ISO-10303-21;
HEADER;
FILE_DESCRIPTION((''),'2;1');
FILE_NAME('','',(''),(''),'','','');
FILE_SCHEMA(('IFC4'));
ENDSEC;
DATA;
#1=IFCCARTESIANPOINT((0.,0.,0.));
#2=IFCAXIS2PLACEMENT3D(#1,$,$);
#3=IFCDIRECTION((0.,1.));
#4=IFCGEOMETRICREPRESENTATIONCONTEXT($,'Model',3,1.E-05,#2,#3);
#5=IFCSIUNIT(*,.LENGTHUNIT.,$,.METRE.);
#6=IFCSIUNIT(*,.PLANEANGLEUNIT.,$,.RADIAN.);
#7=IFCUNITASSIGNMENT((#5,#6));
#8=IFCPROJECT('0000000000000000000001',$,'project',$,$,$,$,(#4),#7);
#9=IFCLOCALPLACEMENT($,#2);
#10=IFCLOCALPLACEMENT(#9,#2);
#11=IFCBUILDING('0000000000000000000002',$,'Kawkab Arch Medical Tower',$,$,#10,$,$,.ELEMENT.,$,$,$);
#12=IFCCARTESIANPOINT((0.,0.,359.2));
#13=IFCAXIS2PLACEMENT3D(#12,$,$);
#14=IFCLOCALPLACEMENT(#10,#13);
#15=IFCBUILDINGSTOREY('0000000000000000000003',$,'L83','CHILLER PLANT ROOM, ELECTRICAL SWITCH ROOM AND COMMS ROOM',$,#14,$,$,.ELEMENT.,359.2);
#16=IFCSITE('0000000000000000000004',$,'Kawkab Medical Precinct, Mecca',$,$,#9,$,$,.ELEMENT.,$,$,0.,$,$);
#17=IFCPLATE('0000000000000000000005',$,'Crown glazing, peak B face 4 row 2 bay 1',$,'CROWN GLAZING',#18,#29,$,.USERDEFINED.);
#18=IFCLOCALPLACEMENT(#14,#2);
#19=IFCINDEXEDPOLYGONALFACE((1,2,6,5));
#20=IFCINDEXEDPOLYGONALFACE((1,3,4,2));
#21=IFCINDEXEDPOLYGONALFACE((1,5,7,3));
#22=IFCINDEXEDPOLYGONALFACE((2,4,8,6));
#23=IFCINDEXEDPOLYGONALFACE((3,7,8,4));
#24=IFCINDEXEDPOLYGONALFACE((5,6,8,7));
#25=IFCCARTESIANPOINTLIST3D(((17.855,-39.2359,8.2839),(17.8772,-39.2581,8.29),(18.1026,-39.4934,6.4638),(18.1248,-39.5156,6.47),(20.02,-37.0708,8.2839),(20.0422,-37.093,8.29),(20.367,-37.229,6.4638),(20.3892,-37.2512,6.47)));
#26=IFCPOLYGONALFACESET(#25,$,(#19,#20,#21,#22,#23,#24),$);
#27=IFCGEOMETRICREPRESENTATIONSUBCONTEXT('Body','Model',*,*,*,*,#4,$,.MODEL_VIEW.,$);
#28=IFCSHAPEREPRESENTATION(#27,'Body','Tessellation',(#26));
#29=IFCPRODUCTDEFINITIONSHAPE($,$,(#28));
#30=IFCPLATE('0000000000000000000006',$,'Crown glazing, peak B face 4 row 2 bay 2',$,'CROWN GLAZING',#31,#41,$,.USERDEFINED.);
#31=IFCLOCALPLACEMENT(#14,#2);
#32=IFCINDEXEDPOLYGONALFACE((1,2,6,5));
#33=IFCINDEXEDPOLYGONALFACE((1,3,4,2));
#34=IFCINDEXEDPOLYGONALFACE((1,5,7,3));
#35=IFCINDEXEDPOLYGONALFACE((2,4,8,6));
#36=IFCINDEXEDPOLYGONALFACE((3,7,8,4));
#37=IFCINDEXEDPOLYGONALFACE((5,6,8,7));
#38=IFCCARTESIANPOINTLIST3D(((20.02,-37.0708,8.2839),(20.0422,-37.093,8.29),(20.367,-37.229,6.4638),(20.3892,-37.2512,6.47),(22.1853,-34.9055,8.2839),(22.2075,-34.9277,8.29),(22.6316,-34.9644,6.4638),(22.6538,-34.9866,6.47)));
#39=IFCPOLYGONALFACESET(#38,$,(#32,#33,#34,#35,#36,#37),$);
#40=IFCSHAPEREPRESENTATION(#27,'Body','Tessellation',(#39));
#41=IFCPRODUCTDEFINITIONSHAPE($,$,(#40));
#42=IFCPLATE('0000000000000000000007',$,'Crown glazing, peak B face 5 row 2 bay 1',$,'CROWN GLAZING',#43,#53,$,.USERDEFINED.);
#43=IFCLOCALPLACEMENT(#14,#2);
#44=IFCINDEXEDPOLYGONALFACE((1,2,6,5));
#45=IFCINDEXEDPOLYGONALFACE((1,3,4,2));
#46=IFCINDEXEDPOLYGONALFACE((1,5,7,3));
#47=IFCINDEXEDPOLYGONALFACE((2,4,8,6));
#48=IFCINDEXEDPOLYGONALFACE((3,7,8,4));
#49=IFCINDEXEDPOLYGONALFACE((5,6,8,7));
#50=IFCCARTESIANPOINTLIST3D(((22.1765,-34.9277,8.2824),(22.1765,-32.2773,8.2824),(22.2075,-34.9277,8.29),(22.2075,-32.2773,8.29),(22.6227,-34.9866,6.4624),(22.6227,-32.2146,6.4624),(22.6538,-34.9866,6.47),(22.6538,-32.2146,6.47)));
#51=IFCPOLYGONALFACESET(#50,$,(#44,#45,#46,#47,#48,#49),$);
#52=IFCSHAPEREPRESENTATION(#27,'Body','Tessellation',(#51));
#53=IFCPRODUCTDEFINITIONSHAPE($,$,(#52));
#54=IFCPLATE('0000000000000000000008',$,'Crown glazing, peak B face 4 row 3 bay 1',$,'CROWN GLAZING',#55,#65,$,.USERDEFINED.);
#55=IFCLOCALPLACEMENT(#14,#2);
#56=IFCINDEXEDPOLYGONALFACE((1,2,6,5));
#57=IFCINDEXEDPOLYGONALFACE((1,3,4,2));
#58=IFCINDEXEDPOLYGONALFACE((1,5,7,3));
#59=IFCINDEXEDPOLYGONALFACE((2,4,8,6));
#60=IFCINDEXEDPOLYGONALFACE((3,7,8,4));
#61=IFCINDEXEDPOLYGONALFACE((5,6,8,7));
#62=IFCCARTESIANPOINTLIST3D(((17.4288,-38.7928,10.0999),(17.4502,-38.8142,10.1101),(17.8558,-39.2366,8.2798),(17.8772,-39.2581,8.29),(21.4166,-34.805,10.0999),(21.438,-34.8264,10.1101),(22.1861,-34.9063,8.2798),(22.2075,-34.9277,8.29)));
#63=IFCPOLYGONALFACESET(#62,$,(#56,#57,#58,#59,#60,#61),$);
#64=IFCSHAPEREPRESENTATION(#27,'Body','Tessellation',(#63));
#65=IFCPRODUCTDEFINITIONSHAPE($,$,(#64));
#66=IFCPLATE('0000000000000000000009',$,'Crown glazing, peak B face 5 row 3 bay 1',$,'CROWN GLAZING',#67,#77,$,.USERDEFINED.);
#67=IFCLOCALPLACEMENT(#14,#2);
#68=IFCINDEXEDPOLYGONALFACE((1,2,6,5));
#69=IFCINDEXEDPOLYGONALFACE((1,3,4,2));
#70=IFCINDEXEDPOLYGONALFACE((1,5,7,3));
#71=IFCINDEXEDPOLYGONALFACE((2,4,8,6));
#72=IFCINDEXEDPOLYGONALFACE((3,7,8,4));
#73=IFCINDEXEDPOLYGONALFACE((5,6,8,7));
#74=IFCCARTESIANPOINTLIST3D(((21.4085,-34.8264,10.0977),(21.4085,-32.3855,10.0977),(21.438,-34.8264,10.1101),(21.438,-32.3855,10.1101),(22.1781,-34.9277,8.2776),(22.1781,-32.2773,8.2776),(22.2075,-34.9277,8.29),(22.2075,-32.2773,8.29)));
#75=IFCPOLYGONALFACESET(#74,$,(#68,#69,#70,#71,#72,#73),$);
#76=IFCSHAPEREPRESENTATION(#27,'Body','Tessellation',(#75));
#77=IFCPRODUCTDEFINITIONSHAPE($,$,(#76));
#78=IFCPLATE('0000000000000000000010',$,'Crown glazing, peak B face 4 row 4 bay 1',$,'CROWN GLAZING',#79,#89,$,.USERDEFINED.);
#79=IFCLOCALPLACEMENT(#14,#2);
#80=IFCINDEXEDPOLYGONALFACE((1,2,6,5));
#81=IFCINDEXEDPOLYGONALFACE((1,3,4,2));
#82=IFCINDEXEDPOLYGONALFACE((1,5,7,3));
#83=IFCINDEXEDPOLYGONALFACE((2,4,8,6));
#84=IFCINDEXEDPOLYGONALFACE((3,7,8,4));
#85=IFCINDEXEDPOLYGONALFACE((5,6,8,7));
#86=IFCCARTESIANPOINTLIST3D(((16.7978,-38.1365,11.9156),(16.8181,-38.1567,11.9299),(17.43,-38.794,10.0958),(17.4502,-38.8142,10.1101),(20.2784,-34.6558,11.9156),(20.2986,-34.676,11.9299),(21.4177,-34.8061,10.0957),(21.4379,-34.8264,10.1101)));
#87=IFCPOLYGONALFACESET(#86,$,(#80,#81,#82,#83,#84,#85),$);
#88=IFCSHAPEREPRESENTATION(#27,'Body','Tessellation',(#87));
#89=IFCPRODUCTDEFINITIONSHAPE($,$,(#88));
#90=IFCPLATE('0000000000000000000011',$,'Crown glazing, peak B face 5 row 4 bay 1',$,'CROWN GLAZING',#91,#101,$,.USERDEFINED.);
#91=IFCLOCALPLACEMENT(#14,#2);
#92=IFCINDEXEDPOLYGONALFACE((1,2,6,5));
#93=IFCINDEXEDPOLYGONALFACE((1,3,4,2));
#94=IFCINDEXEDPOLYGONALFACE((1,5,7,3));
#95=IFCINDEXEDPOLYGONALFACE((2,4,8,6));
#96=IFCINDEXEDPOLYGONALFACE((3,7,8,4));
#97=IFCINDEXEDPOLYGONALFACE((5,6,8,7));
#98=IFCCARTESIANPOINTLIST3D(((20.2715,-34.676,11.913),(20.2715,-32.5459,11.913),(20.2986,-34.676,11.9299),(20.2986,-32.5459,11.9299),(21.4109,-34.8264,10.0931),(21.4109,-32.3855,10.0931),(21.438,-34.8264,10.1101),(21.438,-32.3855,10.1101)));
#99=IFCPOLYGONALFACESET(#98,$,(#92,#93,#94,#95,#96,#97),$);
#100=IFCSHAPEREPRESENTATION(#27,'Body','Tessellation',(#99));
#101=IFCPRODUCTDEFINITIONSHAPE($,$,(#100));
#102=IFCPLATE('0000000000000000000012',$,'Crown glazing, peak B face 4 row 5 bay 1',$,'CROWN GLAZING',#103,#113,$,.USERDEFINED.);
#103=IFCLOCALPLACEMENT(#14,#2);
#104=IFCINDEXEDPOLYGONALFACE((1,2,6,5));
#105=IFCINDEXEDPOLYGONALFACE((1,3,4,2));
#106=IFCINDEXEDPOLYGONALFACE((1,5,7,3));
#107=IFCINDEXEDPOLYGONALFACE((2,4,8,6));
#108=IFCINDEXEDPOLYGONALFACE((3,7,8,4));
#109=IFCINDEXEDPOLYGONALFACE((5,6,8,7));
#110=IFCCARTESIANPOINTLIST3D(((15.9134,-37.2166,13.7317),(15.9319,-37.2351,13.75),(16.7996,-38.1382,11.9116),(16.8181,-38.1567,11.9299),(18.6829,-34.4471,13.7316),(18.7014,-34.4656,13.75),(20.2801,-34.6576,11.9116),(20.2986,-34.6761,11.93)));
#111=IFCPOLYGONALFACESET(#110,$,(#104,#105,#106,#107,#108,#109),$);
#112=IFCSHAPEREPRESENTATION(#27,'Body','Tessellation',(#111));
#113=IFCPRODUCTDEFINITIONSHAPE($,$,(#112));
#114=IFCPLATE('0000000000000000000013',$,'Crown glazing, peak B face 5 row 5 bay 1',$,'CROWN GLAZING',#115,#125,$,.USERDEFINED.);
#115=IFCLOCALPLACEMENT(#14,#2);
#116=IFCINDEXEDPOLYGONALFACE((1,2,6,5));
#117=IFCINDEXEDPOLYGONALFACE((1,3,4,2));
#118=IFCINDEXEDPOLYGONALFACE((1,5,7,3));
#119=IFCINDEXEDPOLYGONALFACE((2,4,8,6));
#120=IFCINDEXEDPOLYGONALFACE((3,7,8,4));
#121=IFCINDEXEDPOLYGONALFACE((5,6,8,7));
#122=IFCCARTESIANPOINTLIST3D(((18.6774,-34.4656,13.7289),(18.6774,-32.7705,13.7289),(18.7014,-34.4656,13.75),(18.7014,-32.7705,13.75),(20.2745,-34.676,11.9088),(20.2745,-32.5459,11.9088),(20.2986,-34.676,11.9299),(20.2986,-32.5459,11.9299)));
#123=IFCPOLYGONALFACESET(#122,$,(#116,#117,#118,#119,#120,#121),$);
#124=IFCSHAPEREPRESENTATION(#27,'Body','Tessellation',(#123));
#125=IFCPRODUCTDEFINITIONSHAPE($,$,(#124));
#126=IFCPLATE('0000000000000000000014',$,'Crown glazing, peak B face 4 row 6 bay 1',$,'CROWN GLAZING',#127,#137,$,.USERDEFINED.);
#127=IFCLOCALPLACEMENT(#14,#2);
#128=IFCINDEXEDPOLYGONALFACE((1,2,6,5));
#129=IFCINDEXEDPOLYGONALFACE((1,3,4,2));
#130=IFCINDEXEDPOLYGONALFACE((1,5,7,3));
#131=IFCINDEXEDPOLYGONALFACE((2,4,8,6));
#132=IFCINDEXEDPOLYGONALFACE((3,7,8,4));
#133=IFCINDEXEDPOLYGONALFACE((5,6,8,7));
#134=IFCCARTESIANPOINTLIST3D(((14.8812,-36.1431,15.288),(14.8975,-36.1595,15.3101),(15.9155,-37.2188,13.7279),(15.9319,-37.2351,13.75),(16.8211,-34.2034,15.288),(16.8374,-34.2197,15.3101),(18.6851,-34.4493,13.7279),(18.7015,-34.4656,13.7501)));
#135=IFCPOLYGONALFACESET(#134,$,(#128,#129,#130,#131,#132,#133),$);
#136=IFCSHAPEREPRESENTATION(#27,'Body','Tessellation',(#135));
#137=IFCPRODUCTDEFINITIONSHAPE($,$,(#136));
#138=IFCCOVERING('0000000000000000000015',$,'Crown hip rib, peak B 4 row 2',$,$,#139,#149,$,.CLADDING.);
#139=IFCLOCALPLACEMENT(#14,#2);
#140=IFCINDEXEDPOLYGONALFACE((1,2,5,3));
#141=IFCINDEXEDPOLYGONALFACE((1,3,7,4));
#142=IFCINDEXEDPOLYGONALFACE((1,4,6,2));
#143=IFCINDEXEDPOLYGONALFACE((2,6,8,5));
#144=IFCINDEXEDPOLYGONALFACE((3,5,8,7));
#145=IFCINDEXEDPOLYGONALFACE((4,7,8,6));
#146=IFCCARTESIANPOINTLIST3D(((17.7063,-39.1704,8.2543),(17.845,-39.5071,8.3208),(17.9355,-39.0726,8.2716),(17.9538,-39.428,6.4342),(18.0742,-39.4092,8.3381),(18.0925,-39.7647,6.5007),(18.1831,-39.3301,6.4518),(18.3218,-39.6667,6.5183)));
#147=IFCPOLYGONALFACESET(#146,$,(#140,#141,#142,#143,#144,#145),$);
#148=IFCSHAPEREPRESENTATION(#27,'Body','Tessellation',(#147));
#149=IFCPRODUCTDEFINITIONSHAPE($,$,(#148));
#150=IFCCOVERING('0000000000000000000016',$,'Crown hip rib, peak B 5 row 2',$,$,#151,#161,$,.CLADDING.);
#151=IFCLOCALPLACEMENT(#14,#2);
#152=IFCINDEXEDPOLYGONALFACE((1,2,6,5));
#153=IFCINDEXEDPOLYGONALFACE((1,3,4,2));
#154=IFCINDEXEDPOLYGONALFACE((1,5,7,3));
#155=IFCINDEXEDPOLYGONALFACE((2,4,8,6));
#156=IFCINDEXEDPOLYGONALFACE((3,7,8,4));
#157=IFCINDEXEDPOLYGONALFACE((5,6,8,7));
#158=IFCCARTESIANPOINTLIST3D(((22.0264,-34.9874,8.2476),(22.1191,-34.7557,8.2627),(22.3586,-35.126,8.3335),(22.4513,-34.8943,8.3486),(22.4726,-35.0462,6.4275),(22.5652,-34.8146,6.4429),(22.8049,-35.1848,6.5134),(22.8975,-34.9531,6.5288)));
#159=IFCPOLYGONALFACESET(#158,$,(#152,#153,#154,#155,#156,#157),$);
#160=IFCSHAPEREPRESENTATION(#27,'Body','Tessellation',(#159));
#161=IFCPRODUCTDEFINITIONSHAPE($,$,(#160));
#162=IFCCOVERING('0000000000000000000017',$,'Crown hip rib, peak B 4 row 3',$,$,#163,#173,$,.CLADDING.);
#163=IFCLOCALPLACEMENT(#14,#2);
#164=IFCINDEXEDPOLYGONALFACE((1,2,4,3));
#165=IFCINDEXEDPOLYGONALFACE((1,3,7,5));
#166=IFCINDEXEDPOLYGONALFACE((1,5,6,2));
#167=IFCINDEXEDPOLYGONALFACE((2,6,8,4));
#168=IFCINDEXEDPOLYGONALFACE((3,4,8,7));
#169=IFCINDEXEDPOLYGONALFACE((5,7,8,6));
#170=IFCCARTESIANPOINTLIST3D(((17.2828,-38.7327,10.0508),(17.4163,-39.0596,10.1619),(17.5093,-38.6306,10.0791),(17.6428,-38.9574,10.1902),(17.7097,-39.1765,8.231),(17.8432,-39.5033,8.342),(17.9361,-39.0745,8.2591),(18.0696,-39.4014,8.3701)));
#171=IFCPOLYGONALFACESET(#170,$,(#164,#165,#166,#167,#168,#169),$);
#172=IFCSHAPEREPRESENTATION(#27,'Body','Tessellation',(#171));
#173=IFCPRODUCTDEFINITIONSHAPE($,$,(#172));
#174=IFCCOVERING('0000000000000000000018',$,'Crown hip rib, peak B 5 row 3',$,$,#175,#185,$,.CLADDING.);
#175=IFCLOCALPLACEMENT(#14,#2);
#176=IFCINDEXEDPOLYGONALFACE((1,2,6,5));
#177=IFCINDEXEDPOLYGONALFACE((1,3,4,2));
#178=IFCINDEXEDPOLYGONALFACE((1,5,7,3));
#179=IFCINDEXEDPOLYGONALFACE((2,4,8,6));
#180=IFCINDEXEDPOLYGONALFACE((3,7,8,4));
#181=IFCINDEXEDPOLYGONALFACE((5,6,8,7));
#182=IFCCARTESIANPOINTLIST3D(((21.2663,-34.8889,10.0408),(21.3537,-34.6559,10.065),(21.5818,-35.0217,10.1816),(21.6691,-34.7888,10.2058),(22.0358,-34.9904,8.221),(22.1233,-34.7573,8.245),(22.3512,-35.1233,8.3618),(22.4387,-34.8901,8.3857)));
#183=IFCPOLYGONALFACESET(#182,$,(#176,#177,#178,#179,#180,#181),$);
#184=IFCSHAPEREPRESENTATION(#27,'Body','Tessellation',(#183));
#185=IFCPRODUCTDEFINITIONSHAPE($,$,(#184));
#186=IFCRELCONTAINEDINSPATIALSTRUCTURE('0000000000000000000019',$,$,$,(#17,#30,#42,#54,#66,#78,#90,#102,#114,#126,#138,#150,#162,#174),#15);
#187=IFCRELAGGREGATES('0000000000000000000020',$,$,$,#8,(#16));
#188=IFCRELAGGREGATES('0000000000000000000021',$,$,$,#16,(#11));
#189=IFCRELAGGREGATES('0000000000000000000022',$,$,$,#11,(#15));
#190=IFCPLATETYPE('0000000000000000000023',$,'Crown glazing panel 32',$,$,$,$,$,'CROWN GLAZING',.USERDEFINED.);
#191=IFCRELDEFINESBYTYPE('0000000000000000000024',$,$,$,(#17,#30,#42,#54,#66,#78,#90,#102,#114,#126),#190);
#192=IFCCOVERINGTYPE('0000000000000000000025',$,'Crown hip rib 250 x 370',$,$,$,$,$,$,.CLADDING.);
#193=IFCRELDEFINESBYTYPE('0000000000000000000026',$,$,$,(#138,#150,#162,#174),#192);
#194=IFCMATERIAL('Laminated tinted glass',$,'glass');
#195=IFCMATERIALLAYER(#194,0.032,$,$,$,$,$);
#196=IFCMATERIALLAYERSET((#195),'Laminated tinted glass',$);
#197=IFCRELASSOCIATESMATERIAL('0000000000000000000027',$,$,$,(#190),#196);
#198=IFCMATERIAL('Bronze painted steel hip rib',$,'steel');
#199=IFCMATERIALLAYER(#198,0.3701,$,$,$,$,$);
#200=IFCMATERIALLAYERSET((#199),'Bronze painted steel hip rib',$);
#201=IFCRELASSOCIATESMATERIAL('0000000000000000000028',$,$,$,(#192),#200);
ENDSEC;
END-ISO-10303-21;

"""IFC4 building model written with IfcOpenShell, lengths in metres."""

from ifc_helpers import new_model, si_unit, direction, frame, origin, place, context, subcontext, project, spatial, polyline, outline, extrude, material, layer, layer_set, type_object, element, save


model = new_model("IFC4")

# Units and contexts
model_context = context("Model", 3, precision=1e-05, world=origin(), true_north=direction((0.0, 1.0)))
body_context = subcontext(model_context, "Body", "Model", "MODEL_VIEW")
ifc_project = project(units=[si_unit("LENGTHUNIT", "METRE"), si_unit("PLANEANGLEUNIT", "RADIAN")], contexts=[model_context])

# Site, building, storey
site_placement = place(None, origin())
site = spatial("IfcSite", under=ifc_project, at=site_placement, Name="Kawkab Medical Precinct, Mecca", CompositionType="ELEMENT", RefElevation=0.0)
building_placement = place(site_placement, origin())
building = spatial("IfcBuilding", under=site, at=building_placement, Name="Kawkab Arch Medical Tower", CompositionType="ELEMENT")
storey_placement = place(building_placement, frame((0.0, 0.0, 359.2)))
storey = spatial("IfcBuildingStorey", under=building, at=storey_placement, Name="L83", Description="CHILLER PLANT ROOM, ELECTRICAL SWITCH ROOM AND COMMS ROOM", CompositionType="ELEMENT", Elevation=359.2)

# Plates
ifc_material_1 = material(Name="Laminated tinted glass", Category="glass")
ifc_layer_1 = layer(ifc_material_1, 0.032)
ifc_layer_set_1 = layer_set([ifc_layer_1], Name="Laminated tinted glass")
plate_type = type_object("IfcPlateType", Name="Crown glazing panel 32", ElementType="CROWN GLAZING", PredefinedType="USERDEFINED", material=ifc_layer_set_1)
plate_1_placement = place(storey_placement, frame((18.1248, -39.5156, 6.47), z_axis=(0.693872, -0.693872, 0.192572), x_axis=(0.707107, 0.707107, 0.0)))
element("IfcPlate", 1, at=plate_1_placement, inside=storey, type_object=plate_type, Name="Crown glazing, peak B face 4 row 2 bay 1", ObjectType="CROWN GLAZING", PredefinedType="USERDEFINED", context=body_context, shape_type="SweptSolid", body=[
    extrude(outline(polyline([(0.0, 0.0), (3.2024, 0.0), (3.0689, 1.8548), (0.0071, 1.8548), (0.0, 0.0)])), origin(), (0.0, 0.0, -1.0), 0.032),
])
plate_2_placement = place(storey_placement, frame((20.3892, -37.2512, 6.47), z_axis=(0.693872, -0.693872, 0.192572), x_axis=(0.707107, 0.707107, 0.0)))
element("IfcPlate", 2, at=plate_2_placement, inside=storey, type_object=plate_type, Name="Crown glazing, peak B face 4 row 2 bay 2", ObjectType="CROWN GLAZING", PredefinedType="USERDEFINED", context=body_context, shape_type="SweptSolid", body=[
    extrude(outline(polyline([(0.0, 0.0), (3.2027, 0.0), (2.9287, 1.8548), (-0.1334, 1.8548), (0.0, 0.0)])), origin(), (0.0, 0.0, -1.0), 0.032),
])
plate_3_placement = place(storey_placement, frame((22.6538, -34.9866, 6.47), z_axis=(0.971228, 0.0, 0.23815), x_axis=(0.0, 1.0, 0.0)))
element("IfcPlate", 3, at=plate_3_placement, inside=storey, type_object=plate_type, Name="Crown glazing, peak B face 5 row 2 bay 1", ObjectType="CROWN GLAZING", PredefinedType="USERDEFINED", context=body_context, shape_type="SweptSolid", body=[
    extrude(outline(polyline([(0.0, 0.0), (2.772, 0.0), (2.7092, 1.874), (0.0588, 1.874), (0.0, 0.0)])), origin(), (0.0, 0.0, -1.0), 0.032),
])
plate_4_placement = place(storey_placement, frame((17.8772, -39.2581, 8.29), z_axis=(0.66981, -0.66981, 0.320484), x_axis=(0.707107, 0.707107, 0.0)))
element("IfcPlate", 4, at=plate_4_placement, inside=storey, type_object=plate_type, Name="Crown glazing, peak B face 4 row 3 bay 1", ObjectType="CROWN GLAZING", PredefinedType="USERDEFINED", context=body_context, shape_type="SweptSolid", body=[
    extrude(outline(polyline([(0.0, 0.0), (6.124, 0.0), (5.6515, 1.9214), (0.0119, 1.9214), (0.0, 0.0)])), origin(), (0.0, 0.0, -1.0), 0.032),
])
plate_5_placement = place(storey_placement, frame((22.2075, -34.9277, 8.29), z_axis=(0.921058, 0.0, 0.389426), x_axis=(0.0, 1.0, 0.0)))
element("IfcPlate", 5, at=plate_5_placement, inside=storey, type_object=plate_type, Name="Crown glazing, peak B face 5 row 3 bay 1", ObjectType="CROWN GLAZING", PredefinedType="USERDEFINED", context=body_context, shape_type="SweptSolid", body=[
    extrude(outline(polyline([(0.0, 0.0), (2.6504, 0.0), (2.5422, 1.9761), (0.1013, 1.9761), (0.0, 0.0)])), origin(), (0.0, 0.0, -1.0), 0.032),
])
plate_6_placement = place(storey_placement, frame((17.4502, -38.8142, 10.1101), z_axis=(0.632184, -0.632163, 0.448011), x_axis=(0.707098, 0.707116, -0.000007)))
element("IfcPlate", 6, at=plate_6_placement, inside=storey, type_object=plate_type, Name="Crown glazing, peak B face 4 row 4 bay 1", ObjectType="CROWN GLAZING", PredefinedType="USERDEFINED", context=body_context, shape_type="SweptSolid", body=[
    extrude(outline(polyline([(0.0, 0.0), (5.6396, 0.0), (4.9403, 2.0356), (0.018, 2.0355), (0.0, 0.0)])), origin(), (0.0, 0.0, -1.0), 0.032),
])
plate_7_placement = place(storey_placement, frame((21.438, -34.8264, 10.1101), z_axis=(0.847576, 0.0, 0.530673), x_axis=(0.0, 1.0, 0.0)))
element("IfcPlate", 7, at=plate_7_placement, inside=storey, type_object=plate_type, Name="Crown glazing, peak B face 5 row 4 bay 1", ObjectType="CROWN GLAZING", PredefinedType="USERDEFINED", context=body_context, shape_type="SweptSolid", body=[
    extrude(outline(polyline([(0.0, 0.0), (2.4409, 0.0), (2.2805, 2.1471), (0.1504, 2.1471), (0.0, 0.0)])), origin(), (0.0, 0.0, -1.0), 0.032),
])
plate_8_placement = place(storey_placement, frame((16.8181, -38.1567, 11.9299), z_axis=(0.578664, -0.578641, 0.574737), x_axis=(0.707089, 0.707124, 0.000007)))
element("IfcPlate", 8, at=plate_8_placement, inside=storey, type_object=plate_type, Name="Crown glazing, peak B face 4 row 5 bay 1", ObjectType="CROWN GLAZING", PredefinedType="USERDEFINED", context=body_context, shape_type="SweptSolid", body=[
    extrude(outline(polyline([(0.0, 0.0), (4.9223, 0.0), (3.9418, 2.2241), (0.0251, 2.2241), (0.0, 0.0)])), origin(), (0.0, 0.0, -1.0), 0.032),
])
plate_9_placement = place(storey_placement, frame((20.2986, -34.676, 11.9299), z_axis=(0.751633, 0.0, 0.659582), x_axis=(0.0, 1.0, 0.0)))
element("IfcPlate", 9, at=plate_9_placement, inside=storey, type_object=plate_type, Name="Crown glazing, peak B face 5 row 5 bay 1", ObjectType="CROWN GLAZING", PredefinedType="USERDEFINED", context=body_context, shape_type="SweptSolid", body=[
    extrude(outline(polyline([(0.0, 0.0), (2.1301, 0.0), (1.9055, 2.4215), (0.2104, 2.4215), (0.0, 0.0)])), origin(), (0.0, 0.0, -1.0), 0.032),
])
plate_10_placement = place(storey_placement, frame((15.9319, -37.2351, 13.75), z_axis=(0.511014, -0.511041, 0.69116), x_axis=(0.707116, 0.707097, 0.000013)))
element("IfcPlate", 10, at=plate_10_placement, inside=storey, type_object=plate_type, Name="Crown glazing, peak B face 4 row 6 bay 1", ObjectType="CROWN GLAZING", PredefinedType="USERDEFINED", context=body_context, shape_type="SweptSolid", body=[
    extrude(outline(polyline([(0.0, 0.0), (3.9167, 0.0), (2.7725, 2.1586), (0.0292, 2.1587), (0.0, 0.0)])), origin(), (0.0, 0.0, -1.0), 0.032),
])

# Coverings
ifc_material_2 = material(Name="Bronze painted steel hip rib", Category="steel")
ifc_layer_2 = layer(ifc_material_2, 0.3701)
ifc_layer_set_2 = layer_set([ifc_layer_2], Name="Bronze painted steel hip rib")
covering_type_1 = type_object("IfcCoveringType", Name="Crown hip rib 250 x 370", PredefinedType="CLADDING", material=ifc_layer_set_2)
covering_1_placement = place(storey_placement, frame((18.3218, -39.6667, 6.5183), z_axis=(0.37474, -0.909549, 0.179698), x_axis=(-0.133482, 0.138873, 0.981273)))
element("IfcCovering", 11, at=covering_1_placement, inside=storey, type_object=covering_type_1, Name="Crown hip rib, peak B 4 row 2", PredefinedType="CLADDING", context=body_context, shape_type="SweptSolid", body=[
    extrude(outline(polyline([(0.0, 0.0), (1.8546, 0.0), (1.8546, 0.2499), (-0.0002, 0.2499), (0.0, 0.0)])), origin(), (0.0, 0.0, -1.0), 0.3701),
])
covering_2_placement = place(storey_placement, frame((22.8975, -34.9531, 6.5288), z_axis=(0.897766, -0.374304, 0.232192), x_axis=(-0.237979, 0.031403, 0.970763)))
element("IfcCovering", 12, at=covering_2_placement, inside=storey, type_object=covering_type_1, Name="Crown hip rib, peak B 5 row 2", PredefinedType="CLADDING", context=body_context, shape_type="SweptSolid", body=[
    extrude(outline(polyline([(0.0, 0.0), (1.8746, 0.0), (1.8747, 0.25), (-0.0002, 0.25), (0.0, 0.0)])), origin(), (0.0, 0.0, -1.0), 0.3701),
])
covering_3_placement = place(storey_placement, frame((18.0696, -39.4014, 8.3701), z_axis=(0.360655, -0.883144, 0.299975), x_axis=(-0.222123, 0.231039, 0.94725)))
element("IfcCovering", 13, at=covering_3_placement, inside=storey, type_object=covering_type_1, Name="Crown hip rib, peak B 4 row 3", PredefinedType="CLADDING", context=body_context, shape_type="SweptSolid", body=[
    extrude(outline(polyline([(0.0, 0.0), (1.9214, 0.0), (1.9213, 0.2501), (0.0001, 0.2498), (0.0, 0.0)])), origin(), (0.0, 0.0, -1.0), 0.3701),
])
covering_4_placement = place(storey_placement, frame((22.4387, -34.8901, 8.3857), z_axis=(0.852328, -0.358934, 0.380398), x_axis=(-0.388954, 0.051222, 0.919832)))
element("IfcCovering", 14, at=covering_4_placement, inside=storey, type_object=covering_type_1, Name="Crown hip rib, peak B 5 row 3", PredefinedType="CLADDING", context=body_context, shape_type="SweptSolid", body=[
    extrude(outline(polyline([(0.0, 0.0), (1.9787, 0.0), (1.9785, 0.2499), (0.0, 0.2501), (0.0, 0.0)])), origin(), (0.0, 0.0, -1.0), 0.3701),
])

save(model, "model.ifc")
